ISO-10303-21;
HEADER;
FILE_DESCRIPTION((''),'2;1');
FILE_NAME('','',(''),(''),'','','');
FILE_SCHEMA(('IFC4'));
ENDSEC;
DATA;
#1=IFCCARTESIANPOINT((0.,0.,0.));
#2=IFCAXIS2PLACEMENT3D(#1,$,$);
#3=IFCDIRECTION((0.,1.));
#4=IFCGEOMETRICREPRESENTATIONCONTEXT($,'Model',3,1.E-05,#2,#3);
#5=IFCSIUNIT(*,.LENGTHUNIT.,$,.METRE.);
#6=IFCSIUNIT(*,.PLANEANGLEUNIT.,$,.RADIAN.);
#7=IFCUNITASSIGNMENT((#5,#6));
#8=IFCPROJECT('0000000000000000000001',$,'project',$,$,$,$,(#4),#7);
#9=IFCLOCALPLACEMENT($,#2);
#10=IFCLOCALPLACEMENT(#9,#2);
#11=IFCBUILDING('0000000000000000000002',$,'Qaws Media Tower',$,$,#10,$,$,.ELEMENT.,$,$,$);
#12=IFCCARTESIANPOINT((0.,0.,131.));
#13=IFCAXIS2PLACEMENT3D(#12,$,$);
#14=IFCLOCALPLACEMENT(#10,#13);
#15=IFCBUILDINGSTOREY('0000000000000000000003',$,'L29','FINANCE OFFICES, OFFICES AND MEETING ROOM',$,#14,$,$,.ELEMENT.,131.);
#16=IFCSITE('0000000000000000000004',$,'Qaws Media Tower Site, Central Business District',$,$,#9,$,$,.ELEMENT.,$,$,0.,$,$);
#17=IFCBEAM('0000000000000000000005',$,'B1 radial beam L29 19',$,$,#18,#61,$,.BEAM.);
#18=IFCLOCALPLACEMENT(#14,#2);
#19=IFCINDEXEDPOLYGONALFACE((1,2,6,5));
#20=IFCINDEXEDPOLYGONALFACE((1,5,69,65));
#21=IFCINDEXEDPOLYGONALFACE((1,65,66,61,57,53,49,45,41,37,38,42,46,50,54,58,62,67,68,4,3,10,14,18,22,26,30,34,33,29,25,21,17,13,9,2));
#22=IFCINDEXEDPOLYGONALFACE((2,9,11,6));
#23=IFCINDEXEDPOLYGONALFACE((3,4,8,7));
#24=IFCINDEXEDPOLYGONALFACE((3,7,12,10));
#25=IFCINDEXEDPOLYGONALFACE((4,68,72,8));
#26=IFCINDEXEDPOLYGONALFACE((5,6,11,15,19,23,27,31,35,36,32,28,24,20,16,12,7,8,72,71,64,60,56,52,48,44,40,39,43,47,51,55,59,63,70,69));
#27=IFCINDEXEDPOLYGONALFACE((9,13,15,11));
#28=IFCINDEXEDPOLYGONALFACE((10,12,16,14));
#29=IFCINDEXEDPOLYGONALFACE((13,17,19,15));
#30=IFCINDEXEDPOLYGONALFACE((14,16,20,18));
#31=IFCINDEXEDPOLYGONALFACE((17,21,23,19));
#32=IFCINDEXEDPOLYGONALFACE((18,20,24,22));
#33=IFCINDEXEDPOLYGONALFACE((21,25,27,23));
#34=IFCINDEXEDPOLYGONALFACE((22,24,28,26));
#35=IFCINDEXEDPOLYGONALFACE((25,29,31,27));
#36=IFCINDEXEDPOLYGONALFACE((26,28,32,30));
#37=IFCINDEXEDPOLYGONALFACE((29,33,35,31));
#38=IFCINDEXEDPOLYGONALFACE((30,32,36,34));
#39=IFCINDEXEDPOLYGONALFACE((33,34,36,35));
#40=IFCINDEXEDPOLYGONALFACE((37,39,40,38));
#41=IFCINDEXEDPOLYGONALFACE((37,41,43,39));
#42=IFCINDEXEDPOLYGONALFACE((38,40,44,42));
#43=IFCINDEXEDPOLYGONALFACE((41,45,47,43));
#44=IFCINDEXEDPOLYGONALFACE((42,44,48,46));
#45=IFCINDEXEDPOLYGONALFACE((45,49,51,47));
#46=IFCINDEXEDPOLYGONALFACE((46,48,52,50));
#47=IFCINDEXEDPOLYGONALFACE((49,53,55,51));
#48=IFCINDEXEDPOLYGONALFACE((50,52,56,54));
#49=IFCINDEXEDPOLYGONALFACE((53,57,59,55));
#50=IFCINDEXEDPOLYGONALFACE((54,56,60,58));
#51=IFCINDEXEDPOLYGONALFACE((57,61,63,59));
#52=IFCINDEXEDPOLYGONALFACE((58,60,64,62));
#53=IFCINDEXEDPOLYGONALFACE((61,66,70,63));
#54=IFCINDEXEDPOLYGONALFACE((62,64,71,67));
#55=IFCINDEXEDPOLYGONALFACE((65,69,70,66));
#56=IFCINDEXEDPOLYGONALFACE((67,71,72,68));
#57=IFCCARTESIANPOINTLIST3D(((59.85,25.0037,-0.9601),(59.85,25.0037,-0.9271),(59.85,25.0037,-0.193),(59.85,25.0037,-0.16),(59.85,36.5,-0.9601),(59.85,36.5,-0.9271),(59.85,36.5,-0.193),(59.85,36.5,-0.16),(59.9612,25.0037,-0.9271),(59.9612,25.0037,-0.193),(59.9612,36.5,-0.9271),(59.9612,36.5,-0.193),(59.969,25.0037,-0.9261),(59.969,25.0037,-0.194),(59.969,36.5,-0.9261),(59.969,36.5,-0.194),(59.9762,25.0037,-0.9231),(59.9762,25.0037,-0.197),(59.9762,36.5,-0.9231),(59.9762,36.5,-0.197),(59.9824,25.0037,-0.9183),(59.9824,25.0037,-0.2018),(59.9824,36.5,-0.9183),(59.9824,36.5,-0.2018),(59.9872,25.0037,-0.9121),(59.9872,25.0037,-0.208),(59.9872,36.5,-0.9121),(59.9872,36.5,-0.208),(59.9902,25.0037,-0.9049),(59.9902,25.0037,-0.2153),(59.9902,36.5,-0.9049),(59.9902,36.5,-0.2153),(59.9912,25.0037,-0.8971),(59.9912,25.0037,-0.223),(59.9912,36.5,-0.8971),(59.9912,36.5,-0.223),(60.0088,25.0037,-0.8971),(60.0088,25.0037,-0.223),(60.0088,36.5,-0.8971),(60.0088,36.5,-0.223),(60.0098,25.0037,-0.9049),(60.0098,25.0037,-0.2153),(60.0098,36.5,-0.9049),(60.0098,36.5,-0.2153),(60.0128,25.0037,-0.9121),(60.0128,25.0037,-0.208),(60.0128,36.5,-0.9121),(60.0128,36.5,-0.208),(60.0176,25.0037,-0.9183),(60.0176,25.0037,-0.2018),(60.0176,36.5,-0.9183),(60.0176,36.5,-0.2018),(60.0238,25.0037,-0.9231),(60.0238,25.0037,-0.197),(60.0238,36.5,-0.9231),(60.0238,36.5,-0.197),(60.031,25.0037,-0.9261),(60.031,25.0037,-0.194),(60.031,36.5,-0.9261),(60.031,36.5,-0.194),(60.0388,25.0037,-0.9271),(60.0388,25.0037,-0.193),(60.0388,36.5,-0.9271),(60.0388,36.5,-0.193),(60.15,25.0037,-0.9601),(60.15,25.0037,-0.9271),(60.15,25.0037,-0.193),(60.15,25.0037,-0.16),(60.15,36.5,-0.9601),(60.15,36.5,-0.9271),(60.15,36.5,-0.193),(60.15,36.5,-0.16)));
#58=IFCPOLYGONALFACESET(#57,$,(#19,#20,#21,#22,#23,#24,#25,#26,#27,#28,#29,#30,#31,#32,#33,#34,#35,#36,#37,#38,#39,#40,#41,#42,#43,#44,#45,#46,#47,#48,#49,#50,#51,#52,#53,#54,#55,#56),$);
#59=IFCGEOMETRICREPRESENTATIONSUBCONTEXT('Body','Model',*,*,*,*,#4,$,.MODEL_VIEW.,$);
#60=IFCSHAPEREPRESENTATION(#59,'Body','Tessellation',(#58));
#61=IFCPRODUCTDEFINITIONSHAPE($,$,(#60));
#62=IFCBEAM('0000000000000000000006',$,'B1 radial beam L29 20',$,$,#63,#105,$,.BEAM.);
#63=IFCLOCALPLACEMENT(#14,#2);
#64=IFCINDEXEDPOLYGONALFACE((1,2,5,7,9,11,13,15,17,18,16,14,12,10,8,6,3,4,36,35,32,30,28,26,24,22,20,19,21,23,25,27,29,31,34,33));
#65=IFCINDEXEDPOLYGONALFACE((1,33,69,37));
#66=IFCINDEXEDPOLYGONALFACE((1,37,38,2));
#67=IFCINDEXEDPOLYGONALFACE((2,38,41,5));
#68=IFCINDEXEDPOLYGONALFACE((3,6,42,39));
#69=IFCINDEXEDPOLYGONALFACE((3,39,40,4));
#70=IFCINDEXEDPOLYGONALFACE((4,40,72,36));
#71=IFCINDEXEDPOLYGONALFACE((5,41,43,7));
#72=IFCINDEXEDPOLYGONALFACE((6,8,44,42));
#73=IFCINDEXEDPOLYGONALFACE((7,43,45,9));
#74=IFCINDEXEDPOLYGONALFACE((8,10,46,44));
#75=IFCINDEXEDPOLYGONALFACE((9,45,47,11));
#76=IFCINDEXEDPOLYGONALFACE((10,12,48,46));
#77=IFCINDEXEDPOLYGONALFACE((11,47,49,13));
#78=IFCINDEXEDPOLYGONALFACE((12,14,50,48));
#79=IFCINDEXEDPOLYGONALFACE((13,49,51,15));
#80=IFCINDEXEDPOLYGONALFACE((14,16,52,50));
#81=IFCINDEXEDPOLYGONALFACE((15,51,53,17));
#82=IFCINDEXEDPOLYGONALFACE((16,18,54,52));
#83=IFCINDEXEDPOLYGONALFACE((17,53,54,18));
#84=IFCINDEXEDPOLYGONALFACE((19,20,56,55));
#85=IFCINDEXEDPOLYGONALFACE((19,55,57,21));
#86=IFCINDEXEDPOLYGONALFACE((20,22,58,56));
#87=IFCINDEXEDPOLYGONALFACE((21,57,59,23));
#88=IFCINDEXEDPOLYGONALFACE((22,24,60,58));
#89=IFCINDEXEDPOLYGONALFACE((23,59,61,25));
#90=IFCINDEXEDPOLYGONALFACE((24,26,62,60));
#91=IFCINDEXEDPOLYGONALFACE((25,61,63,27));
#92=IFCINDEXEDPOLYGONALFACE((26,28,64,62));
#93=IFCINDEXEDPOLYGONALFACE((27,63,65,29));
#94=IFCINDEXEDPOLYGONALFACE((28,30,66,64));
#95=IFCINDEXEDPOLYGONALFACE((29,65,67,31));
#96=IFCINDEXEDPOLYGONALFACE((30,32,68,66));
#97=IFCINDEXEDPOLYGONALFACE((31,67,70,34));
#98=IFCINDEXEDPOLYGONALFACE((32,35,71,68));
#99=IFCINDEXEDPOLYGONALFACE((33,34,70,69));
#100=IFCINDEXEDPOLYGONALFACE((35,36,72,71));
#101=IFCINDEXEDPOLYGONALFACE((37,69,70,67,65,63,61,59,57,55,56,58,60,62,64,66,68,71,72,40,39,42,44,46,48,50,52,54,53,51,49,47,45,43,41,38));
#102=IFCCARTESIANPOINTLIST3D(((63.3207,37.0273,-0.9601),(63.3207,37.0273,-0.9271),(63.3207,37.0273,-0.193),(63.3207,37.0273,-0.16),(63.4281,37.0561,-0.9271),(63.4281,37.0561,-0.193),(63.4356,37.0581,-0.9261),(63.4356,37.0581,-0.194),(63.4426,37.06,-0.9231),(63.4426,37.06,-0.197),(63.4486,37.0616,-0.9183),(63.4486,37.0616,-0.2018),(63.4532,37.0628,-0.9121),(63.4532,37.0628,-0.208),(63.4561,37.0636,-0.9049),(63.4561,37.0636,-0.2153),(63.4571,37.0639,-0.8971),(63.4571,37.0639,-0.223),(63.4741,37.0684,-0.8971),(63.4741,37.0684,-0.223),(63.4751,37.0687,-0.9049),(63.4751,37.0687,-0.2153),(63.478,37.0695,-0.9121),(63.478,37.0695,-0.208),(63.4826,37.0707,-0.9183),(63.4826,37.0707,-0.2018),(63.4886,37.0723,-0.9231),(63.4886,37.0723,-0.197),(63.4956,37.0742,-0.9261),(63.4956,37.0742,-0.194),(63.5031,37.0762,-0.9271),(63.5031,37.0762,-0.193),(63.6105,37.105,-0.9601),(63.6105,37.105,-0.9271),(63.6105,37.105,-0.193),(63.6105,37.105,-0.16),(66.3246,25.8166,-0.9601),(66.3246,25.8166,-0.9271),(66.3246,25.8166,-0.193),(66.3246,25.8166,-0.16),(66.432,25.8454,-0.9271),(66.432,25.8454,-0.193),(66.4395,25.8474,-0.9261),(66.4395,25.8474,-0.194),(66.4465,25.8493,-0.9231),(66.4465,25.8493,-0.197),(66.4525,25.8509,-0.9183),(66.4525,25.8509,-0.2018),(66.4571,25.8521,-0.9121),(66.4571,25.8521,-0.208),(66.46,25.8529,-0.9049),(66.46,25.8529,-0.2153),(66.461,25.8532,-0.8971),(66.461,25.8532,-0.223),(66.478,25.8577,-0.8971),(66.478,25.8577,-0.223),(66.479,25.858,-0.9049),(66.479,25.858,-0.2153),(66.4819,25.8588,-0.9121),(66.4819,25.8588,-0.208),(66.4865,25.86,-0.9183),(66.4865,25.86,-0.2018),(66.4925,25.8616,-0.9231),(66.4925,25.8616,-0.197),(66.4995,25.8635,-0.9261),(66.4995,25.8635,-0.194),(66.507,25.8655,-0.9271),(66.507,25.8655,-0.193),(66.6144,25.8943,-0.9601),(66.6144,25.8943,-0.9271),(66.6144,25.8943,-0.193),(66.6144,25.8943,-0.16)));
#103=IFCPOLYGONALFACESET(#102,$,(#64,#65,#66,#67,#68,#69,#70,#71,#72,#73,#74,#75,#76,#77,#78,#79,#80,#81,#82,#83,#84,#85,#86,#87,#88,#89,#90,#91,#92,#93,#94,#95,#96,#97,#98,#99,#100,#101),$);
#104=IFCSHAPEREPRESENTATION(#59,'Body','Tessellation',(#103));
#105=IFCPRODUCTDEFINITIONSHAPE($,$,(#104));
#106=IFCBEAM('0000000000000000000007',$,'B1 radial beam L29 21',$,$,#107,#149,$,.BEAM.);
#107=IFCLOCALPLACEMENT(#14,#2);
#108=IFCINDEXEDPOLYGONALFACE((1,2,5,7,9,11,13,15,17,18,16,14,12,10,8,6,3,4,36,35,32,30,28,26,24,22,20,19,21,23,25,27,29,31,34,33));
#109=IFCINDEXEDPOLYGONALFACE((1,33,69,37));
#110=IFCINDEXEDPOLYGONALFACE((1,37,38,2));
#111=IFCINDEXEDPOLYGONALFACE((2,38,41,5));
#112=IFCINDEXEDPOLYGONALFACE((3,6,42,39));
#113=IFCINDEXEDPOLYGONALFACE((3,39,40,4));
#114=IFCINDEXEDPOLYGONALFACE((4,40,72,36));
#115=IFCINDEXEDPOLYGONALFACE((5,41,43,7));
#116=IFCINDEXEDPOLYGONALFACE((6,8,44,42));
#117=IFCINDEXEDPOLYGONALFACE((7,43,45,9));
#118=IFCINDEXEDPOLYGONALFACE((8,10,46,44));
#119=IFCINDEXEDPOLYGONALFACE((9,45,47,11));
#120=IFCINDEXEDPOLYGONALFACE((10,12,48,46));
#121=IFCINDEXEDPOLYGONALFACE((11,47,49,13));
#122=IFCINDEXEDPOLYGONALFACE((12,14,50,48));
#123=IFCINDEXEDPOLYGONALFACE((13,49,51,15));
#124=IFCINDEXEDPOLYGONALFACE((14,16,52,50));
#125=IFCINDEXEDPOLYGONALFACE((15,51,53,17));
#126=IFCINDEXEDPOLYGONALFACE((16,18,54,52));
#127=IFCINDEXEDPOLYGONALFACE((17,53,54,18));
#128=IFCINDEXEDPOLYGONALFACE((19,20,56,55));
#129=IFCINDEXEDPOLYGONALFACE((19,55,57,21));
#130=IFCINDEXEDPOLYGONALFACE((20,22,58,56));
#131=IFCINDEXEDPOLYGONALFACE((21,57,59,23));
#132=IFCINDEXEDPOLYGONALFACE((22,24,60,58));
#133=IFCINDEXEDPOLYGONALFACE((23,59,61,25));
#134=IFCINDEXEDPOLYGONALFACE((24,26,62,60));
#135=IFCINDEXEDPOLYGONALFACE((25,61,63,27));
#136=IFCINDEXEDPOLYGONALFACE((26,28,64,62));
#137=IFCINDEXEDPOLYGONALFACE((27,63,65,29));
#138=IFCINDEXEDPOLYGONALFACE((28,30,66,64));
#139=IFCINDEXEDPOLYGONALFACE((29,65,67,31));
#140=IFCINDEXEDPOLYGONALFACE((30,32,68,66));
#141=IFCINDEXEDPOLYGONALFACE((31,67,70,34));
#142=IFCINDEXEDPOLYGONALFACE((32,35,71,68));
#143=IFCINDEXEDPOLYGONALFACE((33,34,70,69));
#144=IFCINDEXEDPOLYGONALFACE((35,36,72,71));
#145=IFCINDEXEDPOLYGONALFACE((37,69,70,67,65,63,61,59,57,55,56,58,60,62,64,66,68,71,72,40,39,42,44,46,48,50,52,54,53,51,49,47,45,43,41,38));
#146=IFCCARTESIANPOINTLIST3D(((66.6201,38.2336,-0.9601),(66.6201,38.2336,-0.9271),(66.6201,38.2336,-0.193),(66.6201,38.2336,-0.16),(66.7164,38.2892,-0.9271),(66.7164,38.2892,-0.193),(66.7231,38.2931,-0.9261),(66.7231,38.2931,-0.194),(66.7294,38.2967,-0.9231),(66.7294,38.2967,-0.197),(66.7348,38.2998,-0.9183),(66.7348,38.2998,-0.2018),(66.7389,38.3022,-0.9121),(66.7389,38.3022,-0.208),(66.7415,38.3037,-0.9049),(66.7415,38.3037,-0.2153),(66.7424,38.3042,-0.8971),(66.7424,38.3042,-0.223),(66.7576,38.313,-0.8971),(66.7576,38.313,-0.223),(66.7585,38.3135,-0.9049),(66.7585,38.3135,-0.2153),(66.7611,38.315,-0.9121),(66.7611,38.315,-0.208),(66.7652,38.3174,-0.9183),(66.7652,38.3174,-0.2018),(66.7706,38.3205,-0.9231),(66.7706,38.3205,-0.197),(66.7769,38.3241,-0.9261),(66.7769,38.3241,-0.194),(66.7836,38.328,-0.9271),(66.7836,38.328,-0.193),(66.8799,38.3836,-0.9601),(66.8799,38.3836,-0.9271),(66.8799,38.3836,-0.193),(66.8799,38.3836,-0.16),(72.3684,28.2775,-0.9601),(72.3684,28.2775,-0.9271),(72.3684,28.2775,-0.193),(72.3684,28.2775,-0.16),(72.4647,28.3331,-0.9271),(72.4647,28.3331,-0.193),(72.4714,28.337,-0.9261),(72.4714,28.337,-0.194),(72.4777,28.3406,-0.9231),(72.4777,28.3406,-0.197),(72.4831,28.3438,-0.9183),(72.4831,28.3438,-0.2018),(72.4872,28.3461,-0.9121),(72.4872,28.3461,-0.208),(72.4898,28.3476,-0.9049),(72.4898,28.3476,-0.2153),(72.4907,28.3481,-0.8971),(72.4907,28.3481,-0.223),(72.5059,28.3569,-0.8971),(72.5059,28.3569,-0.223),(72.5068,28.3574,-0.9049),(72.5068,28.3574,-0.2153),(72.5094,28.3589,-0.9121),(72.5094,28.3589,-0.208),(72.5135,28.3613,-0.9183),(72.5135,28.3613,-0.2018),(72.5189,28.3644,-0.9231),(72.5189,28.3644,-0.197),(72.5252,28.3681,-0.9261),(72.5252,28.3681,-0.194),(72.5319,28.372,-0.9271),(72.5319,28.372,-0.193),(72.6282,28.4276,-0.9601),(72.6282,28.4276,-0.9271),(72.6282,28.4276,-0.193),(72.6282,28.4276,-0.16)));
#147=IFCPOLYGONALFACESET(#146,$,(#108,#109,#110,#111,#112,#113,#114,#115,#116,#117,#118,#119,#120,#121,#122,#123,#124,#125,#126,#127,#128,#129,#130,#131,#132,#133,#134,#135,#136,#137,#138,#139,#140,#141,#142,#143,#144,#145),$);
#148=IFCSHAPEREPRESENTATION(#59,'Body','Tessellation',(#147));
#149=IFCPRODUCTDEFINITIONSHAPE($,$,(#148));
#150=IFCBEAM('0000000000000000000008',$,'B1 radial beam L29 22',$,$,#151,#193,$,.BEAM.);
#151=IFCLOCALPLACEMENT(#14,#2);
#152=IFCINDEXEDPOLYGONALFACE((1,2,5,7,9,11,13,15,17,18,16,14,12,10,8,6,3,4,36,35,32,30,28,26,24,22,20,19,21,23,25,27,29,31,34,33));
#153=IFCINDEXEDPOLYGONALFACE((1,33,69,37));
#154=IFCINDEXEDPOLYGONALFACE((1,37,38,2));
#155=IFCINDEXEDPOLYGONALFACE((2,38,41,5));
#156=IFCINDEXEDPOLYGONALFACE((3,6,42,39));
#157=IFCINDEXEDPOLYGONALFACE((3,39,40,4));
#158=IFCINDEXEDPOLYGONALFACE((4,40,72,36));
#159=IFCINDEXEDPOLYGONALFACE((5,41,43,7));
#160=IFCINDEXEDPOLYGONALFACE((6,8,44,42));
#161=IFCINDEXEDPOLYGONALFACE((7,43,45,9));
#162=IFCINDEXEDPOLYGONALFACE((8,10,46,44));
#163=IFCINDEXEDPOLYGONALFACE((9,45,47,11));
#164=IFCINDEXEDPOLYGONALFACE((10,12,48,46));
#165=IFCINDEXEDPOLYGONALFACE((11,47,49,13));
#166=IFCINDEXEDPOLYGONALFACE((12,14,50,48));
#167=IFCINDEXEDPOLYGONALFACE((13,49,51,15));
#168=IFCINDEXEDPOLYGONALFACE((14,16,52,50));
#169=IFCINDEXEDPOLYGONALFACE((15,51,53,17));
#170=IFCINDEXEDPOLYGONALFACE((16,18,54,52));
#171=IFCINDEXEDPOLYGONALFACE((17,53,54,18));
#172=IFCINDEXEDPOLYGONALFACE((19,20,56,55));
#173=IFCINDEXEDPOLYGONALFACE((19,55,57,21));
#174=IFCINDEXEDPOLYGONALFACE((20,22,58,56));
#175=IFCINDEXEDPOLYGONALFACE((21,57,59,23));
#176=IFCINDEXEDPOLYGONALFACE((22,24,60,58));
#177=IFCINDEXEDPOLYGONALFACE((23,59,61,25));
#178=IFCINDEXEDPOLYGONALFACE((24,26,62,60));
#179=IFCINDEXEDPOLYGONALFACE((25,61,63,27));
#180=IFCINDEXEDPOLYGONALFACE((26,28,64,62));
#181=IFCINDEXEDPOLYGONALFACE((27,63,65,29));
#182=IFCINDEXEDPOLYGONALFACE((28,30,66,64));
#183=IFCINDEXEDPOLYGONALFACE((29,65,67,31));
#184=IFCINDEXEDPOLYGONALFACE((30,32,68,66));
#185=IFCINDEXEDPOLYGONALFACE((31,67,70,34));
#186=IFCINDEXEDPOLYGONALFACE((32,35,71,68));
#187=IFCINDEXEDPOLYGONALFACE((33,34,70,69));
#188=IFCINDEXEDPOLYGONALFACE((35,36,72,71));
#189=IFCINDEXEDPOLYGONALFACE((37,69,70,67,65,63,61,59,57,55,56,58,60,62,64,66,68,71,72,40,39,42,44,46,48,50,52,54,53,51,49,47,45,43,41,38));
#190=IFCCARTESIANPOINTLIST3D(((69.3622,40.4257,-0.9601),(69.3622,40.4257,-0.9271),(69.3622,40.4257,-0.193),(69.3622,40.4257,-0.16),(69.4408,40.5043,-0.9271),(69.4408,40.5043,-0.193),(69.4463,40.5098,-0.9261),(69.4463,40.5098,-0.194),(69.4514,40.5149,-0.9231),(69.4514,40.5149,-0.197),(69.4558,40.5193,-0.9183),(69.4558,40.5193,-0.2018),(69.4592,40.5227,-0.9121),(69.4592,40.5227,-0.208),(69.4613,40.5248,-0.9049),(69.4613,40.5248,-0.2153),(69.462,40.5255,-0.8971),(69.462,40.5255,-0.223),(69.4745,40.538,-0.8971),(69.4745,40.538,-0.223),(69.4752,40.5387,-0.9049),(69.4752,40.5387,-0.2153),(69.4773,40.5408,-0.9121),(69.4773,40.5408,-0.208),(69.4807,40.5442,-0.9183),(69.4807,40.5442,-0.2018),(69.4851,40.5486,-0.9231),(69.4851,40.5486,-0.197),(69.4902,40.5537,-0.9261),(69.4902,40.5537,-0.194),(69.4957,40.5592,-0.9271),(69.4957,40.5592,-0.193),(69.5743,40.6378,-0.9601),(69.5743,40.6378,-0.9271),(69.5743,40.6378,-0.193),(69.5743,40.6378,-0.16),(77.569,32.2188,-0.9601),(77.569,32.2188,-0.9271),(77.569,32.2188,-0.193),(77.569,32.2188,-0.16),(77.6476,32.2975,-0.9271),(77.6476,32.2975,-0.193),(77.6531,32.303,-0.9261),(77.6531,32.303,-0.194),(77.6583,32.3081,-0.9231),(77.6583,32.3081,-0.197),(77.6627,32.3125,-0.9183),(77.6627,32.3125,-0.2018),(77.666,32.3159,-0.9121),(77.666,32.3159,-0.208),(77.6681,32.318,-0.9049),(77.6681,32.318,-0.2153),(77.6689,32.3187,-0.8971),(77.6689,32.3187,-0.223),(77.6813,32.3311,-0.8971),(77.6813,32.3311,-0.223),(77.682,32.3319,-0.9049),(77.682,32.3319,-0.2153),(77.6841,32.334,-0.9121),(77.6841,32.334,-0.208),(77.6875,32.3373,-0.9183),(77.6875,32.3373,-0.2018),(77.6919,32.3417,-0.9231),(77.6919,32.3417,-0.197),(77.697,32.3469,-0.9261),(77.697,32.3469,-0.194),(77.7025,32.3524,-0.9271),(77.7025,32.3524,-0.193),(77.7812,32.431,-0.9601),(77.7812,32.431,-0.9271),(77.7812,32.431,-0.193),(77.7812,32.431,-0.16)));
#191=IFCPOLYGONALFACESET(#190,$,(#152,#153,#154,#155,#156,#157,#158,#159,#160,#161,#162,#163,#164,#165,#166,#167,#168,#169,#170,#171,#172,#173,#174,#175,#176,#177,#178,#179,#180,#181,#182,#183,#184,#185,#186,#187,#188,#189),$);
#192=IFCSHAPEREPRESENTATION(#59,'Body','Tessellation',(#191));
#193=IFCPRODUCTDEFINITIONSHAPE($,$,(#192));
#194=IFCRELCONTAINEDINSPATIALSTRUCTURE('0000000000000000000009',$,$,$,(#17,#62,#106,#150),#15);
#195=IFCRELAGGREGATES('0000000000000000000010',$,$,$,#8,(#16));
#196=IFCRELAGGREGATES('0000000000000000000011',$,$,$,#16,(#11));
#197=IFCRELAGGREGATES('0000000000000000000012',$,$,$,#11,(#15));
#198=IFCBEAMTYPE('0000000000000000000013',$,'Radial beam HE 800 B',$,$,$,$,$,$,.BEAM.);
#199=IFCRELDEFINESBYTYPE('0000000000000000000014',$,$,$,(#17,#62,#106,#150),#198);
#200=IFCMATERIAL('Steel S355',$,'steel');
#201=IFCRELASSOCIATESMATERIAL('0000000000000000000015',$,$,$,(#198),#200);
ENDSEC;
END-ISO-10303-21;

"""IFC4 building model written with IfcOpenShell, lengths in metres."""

from ifc_helpers import new_model, si_unit, direction, frame, origin, origin_2d, place, context, subcontext, project, spatial, i_section, extrude, material, material_profile, profile_set, type_object, element, save


model = new_model("IFC4")

# Units and contexts
model_context = context("Model", 3, precision=1e-05, world=origin(), true_north=direction((0.0, 1.0)))
body_context = subcontext(model_context, "Body", "Model", "MODEL_VIEW")
ifc_project = project(units=[si_unit("LENGTHUNIT", "METRE"), si_unit("PLANEANGLEUNIT", "RADIAN")], contexts=[model_context])

# Site, building, storey
site_placement = place(None, origin())
site = spatial("IfcSite", under=ifc_project, at=site_placement, Name="Qaws Media Tower Site, Central Business District", CompositionType="ELEMENT", RefElevation=0.0)
building_placement = place(site_placement, origin())
building = spatial("IfcBuilding", under=site, at=building_placement, Name="Qaws Media Tower", CompositionType="ELEMENT")
storey_placement = place(building_placement, frame((0.0, 0.0, 131.0)))
storey = spatial("IfcBuildingStorey", under=building, at=storey_placement, Name="L29", Description="FINANCE OFFICES, OFFICES AND MEETING ROOM", CompositionType="ELEMENT", Elevation=131.0)

# Beams
ifc_material_1 = material(Name="Steel S355", Category="steel")
ifc_material_profile_1 = material_profile(ifc_material_1, i_section(OverallWidth=0.3, OverallDepth=0.8, WebThickness=0.0176, FlangeThickness=0.033, FilletRadius=0.03, at=origin_2d()), Name="HE 800 B")
ifc_profile_set_1 = profile_set([ifc_material_profile_1], Name="Steel S355")
beam_type_1 = type_object("IfcBeamType", Name="Radial beam HE 800 B", PredefinedType="BEAM", material=ifc_profile_set_1)
beam_1_placement = place(storey_placement, frame((60.0, 36.5, -0.5601), z_axis=(0.0, -1.0, 0.0), x_axis=(1.0, 0.0, 0.0)))
element("IfcBeam", 1, at=beam_1_placement, inside=storey, type_object=beam_type_1, Name="B1 radial beam L29 19", PredefinedType="BEAM", context=body_context, shape_type="SweptSolid", body=[
    extrude(i_section(OverallWidth=0.3, OverallDepth=0.8, WebThickness=0.0176, FlangeThickness=0.033, FilletRadius=0.03, at=origin_2d()), origin(), (0.0, 0.0, 1.0), 11.4963),
])
beam_2_placement = place(storey_placement, frame((63.4656, 37.0662, -0.5601), z_axis=(0.25882, -0.965926, 0.0), x_axis=(0.965926, 0.25882, 0.0)))
element("IfcBeam", 2, at=beam_2_placement, inside=storey, type_object=beam_type_1, Name="B1 radial beam L29 20", PredefinedType="BEAM", context=body_context, shape_type="SweptSolid", body=[
    extrude(i_section(OverallWidth=0.3, OverallDepth=0.8, WebThickness=0.0176, FlangeThickness=0.033, FilletRadius=0.03, at=origin_2d()), origin(), (0.0, 0.0, 1.0), 11.6062),
])
beam_3_placement = place(storey_placement, frame((66.75, 38.3086, -0.5601), z_axis=(0.50001, -0.866019, 0.0), x_axis=(0.866019, 0.50001, 0.0)))
element("IfcBeam", 3, at=beam_3_placement, inside=storey, type_object=beam_type_1, Name="B1 radial beam L29 21", PredefinedType="BEAM", context=body_context, shape_type="SweptSolid", body=[
    extrude(i_section(OverallWidth=0.3, OverallDepth=0.8, WebThickness=0.0176, FlangeThickness=0.033, FilletRadius=0.03, at=origin_2d()), origin(), (0.0, 0.0, 1.0), 11.4963),
])
beam_4_placement = place(storey_placement, frame((69.4683, 40.5317, -0.5601), z_axis=(0.707107, -0.707107, 0.0), x_axis=(0.707107, 0.707107, 0.0)))
element("IfcBeam", 4, at=beam_4_placement, inside=storey, type_object=beam_type_1, Name="B1 radial beam L29 22", PredefinedType="BEAM", context=body_context, shape_type="SweptSolid", body=[
    extrude(i_section(OverallWidth=0.3, OverallDepth=0.8, WebThickness=0.0176, FlangeThickness=0.033, FilletRadius=0.03, at=origin_2d()), origin(), (0.0, 0.0, 1.0), 11.6062),
])

save(model, "model.ifc")
